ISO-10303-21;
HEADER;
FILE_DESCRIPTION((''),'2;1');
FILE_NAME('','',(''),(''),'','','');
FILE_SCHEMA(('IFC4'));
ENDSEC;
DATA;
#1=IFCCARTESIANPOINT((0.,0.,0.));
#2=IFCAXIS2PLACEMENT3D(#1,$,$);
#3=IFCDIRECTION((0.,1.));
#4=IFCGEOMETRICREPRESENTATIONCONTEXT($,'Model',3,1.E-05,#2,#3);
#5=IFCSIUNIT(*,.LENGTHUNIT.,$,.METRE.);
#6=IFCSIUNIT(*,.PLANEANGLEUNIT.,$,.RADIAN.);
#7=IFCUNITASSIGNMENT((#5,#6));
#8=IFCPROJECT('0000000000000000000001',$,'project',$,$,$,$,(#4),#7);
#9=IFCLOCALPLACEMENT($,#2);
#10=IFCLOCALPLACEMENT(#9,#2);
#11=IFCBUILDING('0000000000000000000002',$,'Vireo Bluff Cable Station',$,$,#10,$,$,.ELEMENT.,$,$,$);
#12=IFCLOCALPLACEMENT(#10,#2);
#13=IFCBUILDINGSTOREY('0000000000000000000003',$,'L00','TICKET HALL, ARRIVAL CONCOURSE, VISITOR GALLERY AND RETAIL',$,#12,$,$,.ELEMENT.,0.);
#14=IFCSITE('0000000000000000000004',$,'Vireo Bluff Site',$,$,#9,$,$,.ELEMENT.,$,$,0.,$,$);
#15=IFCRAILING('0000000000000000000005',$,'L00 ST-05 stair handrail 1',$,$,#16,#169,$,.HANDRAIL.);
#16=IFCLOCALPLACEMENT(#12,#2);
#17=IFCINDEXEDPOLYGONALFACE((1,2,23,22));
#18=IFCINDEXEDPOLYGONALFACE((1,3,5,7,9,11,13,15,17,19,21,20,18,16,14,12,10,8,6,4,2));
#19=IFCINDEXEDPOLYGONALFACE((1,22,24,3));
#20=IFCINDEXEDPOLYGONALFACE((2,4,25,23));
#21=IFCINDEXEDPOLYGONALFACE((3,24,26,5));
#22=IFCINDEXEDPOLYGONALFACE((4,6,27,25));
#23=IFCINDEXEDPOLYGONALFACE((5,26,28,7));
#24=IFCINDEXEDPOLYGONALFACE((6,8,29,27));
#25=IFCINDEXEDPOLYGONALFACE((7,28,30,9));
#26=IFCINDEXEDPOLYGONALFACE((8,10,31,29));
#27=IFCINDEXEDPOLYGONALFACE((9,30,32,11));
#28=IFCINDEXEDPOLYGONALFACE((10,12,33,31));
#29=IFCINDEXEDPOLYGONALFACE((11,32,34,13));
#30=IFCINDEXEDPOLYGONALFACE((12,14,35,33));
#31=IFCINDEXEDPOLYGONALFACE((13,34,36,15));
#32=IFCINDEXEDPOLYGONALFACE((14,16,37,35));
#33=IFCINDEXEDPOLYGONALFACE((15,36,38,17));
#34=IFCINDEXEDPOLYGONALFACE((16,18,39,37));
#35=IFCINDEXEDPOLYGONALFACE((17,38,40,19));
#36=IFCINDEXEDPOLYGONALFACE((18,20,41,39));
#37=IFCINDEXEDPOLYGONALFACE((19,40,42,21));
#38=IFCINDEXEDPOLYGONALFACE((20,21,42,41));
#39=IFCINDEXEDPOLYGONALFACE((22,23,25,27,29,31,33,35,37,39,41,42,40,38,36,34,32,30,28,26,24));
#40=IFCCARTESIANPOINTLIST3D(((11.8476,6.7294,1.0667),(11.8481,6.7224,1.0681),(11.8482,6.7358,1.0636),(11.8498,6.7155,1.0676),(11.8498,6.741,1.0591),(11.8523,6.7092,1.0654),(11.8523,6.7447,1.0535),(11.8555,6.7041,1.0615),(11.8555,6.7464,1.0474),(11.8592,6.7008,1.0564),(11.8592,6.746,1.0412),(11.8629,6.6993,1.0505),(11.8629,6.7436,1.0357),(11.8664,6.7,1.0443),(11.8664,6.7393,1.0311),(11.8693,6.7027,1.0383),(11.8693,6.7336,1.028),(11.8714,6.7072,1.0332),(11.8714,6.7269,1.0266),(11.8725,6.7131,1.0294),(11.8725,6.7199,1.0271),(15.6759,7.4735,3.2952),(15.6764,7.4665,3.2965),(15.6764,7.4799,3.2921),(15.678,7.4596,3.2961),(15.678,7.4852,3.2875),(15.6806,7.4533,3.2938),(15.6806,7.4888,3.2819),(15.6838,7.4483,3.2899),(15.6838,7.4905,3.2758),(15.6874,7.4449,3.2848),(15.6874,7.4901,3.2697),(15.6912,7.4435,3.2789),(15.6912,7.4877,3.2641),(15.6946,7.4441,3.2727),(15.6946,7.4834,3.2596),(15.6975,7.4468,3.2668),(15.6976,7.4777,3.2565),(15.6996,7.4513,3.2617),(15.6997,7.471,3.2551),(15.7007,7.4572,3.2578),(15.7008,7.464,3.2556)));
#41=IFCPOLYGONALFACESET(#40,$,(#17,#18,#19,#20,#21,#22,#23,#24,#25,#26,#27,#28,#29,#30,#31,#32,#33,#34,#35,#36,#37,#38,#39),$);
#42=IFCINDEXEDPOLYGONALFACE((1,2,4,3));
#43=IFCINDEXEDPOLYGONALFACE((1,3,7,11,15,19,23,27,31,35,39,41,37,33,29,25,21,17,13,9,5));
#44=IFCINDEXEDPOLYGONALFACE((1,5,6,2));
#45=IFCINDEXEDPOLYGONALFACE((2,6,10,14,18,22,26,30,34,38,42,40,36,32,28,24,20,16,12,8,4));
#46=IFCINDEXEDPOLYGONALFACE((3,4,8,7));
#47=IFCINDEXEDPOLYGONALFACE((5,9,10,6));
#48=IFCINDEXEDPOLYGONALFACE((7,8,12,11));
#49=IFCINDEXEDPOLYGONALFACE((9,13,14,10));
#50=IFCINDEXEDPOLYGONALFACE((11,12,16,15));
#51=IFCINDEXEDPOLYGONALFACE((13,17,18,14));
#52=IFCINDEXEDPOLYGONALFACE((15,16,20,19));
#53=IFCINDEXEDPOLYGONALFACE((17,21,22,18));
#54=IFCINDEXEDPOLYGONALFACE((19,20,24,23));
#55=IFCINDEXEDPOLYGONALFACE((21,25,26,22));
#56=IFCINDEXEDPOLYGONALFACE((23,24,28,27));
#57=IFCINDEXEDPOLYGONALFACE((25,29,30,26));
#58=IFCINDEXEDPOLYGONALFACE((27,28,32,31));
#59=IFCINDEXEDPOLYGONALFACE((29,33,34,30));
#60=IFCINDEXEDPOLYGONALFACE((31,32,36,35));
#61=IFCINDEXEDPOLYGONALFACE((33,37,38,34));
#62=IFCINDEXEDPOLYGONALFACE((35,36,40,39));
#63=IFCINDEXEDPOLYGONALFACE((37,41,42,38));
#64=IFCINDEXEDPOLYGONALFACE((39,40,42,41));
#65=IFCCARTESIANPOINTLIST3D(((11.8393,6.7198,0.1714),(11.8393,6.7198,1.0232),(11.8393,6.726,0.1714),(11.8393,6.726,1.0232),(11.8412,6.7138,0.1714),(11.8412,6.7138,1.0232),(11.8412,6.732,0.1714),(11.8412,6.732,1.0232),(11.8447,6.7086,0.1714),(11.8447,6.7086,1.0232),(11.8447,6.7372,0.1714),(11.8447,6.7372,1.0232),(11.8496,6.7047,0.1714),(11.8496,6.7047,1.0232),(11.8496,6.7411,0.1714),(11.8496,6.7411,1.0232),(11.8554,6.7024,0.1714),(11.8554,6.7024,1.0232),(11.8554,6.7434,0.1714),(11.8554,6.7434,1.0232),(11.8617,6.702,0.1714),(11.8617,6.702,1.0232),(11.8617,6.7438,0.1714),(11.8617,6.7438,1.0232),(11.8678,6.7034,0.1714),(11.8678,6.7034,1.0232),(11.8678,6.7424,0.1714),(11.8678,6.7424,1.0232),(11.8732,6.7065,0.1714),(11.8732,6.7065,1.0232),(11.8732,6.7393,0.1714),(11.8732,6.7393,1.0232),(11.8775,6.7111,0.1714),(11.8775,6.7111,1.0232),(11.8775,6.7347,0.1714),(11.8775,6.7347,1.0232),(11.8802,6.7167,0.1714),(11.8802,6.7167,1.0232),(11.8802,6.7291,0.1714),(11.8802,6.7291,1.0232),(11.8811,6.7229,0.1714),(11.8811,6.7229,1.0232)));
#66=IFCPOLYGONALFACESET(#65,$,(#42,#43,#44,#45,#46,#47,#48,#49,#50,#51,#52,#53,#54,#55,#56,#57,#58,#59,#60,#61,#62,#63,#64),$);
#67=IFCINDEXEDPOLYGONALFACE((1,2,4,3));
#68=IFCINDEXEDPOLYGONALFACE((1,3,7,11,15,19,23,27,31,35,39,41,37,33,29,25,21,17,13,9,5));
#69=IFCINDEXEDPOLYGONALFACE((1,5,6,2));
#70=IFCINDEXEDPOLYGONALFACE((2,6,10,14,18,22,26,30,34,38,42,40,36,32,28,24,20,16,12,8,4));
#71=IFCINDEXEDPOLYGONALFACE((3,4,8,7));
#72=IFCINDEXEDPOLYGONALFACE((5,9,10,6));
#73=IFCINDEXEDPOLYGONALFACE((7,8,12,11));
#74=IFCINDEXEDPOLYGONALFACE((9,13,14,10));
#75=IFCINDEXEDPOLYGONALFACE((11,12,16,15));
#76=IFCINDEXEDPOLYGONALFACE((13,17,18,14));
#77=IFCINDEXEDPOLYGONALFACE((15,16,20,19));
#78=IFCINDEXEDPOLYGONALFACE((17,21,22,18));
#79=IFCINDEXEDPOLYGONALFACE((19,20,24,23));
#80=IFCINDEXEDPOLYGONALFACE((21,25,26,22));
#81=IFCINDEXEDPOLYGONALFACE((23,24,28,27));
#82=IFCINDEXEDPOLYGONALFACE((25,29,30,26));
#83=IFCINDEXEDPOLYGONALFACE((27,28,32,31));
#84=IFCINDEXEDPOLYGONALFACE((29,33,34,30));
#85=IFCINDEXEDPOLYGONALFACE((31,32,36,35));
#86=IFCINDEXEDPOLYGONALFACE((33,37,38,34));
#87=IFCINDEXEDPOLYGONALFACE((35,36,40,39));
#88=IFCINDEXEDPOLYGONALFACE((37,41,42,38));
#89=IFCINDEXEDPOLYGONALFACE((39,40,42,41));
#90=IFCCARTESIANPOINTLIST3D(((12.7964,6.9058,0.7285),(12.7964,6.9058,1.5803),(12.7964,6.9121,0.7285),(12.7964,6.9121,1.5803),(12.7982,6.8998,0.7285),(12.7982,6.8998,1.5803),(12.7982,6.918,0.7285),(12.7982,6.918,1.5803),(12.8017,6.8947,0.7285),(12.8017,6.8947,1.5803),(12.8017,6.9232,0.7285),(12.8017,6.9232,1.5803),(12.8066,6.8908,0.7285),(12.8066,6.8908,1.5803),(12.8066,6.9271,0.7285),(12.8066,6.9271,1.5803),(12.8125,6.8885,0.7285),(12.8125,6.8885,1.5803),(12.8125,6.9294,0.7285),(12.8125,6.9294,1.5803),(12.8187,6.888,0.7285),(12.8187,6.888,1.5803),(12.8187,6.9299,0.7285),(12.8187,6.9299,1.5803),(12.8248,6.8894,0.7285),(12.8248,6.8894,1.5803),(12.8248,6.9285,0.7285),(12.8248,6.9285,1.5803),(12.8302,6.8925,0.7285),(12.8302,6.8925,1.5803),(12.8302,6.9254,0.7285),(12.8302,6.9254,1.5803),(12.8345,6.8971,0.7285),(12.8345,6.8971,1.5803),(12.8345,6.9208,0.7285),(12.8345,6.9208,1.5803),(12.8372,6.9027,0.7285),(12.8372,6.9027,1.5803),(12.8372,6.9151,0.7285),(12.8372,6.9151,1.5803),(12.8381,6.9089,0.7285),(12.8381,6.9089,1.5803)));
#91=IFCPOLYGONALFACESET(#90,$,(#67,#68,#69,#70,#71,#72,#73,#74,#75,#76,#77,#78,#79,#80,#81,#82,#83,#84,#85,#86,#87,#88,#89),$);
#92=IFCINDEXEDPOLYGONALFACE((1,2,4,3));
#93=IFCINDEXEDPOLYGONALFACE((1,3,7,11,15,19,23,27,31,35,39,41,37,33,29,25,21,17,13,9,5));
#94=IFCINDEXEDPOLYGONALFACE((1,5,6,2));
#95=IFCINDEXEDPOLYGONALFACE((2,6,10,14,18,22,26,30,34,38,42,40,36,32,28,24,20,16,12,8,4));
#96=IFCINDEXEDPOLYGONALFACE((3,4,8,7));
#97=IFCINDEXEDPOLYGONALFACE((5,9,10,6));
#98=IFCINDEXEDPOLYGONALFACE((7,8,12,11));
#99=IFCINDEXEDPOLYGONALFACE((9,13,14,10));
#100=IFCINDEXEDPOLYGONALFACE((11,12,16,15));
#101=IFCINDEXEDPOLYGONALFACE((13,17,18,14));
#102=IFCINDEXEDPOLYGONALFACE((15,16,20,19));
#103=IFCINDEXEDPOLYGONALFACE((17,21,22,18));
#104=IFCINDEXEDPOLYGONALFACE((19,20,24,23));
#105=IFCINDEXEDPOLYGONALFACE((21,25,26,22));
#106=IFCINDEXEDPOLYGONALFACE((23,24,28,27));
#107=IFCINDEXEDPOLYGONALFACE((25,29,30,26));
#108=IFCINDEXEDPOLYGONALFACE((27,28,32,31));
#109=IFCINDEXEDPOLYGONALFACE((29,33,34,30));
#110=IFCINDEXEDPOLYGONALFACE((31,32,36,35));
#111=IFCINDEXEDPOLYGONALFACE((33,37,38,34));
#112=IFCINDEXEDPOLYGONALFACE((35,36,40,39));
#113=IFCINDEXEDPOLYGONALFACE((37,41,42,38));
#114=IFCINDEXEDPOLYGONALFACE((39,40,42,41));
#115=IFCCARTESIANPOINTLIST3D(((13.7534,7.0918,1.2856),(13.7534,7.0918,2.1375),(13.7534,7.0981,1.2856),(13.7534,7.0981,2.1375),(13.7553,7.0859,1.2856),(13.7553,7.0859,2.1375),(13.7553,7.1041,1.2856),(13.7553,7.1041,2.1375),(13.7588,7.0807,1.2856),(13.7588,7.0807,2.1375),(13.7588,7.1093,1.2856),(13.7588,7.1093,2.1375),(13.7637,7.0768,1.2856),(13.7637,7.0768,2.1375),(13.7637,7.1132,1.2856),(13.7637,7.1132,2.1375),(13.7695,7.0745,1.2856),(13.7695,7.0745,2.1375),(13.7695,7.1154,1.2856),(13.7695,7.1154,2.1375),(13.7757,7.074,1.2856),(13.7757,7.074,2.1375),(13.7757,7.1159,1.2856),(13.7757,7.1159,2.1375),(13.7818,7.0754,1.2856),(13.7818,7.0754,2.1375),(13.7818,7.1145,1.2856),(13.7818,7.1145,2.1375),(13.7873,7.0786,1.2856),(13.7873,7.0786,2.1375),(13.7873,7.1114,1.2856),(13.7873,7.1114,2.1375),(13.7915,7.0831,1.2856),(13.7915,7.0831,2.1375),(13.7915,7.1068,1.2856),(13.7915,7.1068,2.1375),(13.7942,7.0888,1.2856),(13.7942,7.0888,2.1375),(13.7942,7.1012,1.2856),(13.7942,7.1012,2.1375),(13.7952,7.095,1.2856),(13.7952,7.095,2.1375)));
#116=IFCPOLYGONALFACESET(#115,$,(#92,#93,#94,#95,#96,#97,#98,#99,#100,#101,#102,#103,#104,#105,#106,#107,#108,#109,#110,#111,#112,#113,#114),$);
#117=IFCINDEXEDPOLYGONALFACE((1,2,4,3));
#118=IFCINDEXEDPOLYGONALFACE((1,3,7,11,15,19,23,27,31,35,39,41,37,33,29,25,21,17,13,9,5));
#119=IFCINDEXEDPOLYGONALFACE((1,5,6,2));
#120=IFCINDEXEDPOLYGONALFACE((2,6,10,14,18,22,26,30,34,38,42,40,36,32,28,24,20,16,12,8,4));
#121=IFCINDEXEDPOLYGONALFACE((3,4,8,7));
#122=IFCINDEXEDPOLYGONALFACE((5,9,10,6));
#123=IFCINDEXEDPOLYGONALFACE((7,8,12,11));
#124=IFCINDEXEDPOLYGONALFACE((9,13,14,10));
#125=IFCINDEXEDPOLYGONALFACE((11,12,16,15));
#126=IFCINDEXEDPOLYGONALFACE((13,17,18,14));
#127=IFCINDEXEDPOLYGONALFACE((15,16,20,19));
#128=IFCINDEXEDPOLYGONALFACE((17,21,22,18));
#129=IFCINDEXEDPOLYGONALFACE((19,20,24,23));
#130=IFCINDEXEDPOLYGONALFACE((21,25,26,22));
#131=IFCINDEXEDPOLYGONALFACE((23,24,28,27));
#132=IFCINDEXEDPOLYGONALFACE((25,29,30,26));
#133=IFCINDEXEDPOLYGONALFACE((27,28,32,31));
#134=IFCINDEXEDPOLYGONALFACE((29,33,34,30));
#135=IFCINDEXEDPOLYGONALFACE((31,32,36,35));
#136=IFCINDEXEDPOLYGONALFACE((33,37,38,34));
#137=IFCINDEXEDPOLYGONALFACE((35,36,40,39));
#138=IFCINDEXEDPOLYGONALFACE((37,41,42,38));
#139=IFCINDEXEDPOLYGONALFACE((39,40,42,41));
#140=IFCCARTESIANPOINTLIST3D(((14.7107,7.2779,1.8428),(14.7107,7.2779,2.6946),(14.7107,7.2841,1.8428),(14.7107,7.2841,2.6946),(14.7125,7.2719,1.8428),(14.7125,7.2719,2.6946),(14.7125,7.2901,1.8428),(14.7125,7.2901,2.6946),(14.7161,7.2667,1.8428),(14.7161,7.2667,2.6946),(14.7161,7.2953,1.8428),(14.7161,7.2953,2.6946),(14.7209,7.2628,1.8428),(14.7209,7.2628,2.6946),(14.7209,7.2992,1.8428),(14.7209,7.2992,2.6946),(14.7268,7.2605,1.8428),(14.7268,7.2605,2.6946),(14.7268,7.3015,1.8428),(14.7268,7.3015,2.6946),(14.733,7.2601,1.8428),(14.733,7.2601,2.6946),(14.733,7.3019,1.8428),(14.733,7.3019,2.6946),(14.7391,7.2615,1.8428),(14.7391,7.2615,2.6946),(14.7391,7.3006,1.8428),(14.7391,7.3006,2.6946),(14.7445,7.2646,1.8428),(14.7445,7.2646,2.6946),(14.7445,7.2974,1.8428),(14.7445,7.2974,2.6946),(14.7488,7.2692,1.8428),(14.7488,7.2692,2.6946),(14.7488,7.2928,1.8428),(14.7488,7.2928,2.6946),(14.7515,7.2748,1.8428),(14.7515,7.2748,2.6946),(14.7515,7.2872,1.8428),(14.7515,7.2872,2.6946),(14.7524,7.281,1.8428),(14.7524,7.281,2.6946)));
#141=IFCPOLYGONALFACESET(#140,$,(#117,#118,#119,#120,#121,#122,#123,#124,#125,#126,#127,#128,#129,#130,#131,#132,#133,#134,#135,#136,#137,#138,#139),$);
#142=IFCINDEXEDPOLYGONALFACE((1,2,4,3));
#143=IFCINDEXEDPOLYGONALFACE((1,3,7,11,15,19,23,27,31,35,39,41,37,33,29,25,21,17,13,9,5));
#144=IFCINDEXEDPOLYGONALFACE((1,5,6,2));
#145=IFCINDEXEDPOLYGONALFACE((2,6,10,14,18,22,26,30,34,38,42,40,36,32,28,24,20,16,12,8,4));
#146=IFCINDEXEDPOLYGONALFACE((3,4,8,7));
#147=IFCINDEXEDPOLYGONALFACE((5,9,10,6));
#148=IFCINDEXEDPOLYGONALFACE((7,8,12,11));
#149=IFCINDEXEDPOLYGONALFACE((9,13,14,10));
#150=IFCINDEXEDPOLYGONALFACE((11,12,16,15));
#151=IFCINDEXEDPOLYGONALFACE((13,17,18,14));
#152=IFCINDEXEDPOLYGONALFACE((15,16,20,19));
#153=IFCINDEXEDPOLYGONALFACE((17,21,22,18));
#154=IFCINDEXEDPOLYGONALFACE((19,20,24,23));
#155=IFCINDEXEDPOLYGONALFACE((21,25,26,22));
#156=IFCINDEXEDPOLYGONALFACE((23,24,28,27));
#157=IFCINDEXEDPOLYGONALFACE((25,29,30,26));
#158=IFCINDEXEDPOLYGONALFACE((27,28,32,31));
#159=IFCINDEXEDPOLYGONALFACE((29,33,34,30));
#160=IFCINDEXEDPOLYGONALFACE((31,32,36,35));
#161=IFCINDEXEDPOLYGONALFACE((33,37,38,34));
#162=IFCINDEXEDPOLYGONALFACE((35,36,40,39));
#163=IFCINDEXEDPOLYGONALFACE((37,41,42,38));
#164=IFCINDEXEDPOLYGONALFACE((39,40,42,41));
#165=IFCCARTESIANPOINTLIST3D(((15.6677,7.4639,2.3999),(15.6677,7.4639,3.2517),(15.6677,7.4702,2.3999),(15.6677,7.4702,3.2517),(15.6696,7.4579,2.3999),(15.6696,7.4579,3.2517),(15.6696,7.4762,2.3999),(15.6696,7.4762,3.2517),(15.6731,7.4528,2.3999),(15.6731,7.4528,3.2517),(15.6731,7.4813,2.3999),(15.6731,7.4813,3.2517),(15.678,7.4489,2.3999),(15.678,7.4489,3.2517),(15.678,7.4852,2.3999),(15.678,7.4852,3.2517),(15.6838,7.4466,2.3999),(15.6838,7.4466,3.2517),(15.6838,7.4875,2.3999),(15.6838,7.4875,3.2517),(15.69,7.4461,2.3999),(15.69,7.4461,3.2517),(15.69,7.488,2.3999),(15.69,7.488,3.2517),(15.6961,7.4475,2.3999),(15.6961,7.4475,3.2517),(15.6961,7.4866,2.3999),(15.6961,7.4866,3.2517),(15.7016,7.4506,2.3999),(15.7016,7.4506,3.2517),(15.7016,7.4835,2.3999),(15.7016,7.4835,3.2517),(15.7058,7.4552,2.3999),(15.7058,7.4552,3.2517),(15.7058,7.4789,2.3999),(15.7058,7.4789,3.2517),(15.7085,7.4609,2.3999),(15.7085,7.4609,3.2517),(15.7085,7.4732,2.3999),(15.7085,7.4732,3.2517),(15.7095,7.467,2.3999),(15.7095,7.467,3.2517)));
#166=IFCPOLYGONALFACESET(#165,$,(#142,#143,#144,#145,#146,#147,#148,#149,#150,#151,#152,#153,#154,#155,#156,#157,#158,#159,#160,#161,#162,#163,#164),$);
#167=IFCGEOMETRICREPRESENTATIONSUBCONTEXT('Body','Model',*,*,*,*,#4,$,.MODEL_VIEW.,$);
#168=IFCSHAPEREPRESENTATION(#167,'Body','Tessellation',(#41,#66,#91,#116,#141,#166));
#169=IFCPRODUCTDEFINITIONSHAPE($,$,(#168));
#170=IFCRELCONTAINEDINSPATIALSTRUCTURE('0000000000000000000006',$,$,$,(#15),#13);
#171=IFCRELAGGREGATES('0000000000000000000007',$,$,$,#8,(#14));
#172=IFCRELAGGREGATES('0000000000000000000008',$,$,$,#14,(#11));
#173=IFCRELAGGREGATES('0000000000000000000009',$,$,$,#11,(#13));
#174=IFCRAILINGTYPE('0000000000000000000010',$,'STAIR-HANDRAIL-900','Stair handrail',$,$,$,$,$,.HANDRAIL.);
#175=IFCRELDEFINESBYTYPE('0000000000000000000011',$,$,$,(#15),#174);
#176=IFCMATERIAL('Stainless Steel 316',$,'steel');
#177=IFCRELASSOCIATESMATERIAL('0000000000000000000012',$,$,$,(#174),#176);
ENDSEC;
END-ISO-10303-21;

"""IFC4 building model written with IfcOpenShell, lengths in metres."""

from ifc_helpers import new_model, si_unit, direction, frame, origin, origin_2d, place, context, subcontext, project, spatial, circle, extrude, material, type_object, element, save


model = new_model("IFC4")

# Units and contexts
model_context = context("Model", 3, precision=1e-05, world=origin(), true_north=direction((0.0, 1.0)))
body_context = subcontext(model_context, "Body", "Model", "MODEL_VIEW")
ifc_project = project(units=[si_unit("LENGTHUNIT", "METRE"), si_unit("PLANEANGLEUNIT", "RADIAN")], contexts=[model_context])

# Site, building, storey
site_placement = place(None, origin())
site = spatial("IfcSite", under=ifc_project, at=site_placement, Name="Vireo Bluff Site", CompositionType="ELEMENT", RefElevation=0.0)
building_placement = place(site_placement, origin())
building = spatial("IfcBuilding", under=site, at=building_placement, Name="Vireo Bluff Cable Station", CompositionType="ELEMENT")
storey_placement = place(building_placement, origin())
storey = spatial("IfcBuildingStorey", under=building, at=storey_placement, Name="L00", Description="TICKET HALL, ARRIVAL CONCOURSE, VISITOR GALLERY AND RETAIL", CompositionType="ELEMENT", Elevation=0.0)

# Shared definitions
ifc_material_1 = material(Name="Stainless Steel 316", Category="steel")

# Railing
railing_type_1 = type_object("IfcRailingType", Name="STAIR-HANDRAIL-900", Description="Stair handrail", PredefinedType="HANDRAIL", material=ifc_material_1)
railing_1_placement = place(storey_placement, frame((11.8601, 6.7229, 0.1714)))
element("IfcRailing", 1, at=railing_1_placement, inside=storey, type_object=railing_type_1, Name="L00 ST-05 stair handrail 1", PredefinedType="HANDRAIL", context=body_context, shape_type="SweptSolid", body=[
    extrude(circle(Radius=0.0239, at=origin_2d()), frame((0.0, 0.0, 0.876), z_axis=(0.852298, 0.165666, 0.496128), x_axis=(-0.190804, 0.981628, 0.0)), (0.0, 0.0, 1.0), 4.4917),
    extrude(circle(Radius=0.021, at=origin_2d()), origin(), (0.0, 0.0, 1.0), 0.8518),
    extrude(circle(Radius=0.021, at=origin_2d()), frame((0.957, 0.186, 0.5571)), (0.0, 0.0, 1.0), 0.8518),
    extrude(circle(Radius=0.021, at=origin_2d()), frame((1.9141, 0.3721, 1.1143)), (0.0, 0.0, 1.0), 0.8518),
    extrude(circle(Radius=0.021, at=origin_2d()), frame((2.8713, 0.5581, 1.6714)), (0.0, 0.0, 1.0), 0.8518),
    extrude(circle(Radius=0.021, at=origin_2d()), frame((3.8284, 0.7441, 2.2285)), (0.0, 0.0, 1.0), 0.8518),
])

save(model, "model.ifc")
